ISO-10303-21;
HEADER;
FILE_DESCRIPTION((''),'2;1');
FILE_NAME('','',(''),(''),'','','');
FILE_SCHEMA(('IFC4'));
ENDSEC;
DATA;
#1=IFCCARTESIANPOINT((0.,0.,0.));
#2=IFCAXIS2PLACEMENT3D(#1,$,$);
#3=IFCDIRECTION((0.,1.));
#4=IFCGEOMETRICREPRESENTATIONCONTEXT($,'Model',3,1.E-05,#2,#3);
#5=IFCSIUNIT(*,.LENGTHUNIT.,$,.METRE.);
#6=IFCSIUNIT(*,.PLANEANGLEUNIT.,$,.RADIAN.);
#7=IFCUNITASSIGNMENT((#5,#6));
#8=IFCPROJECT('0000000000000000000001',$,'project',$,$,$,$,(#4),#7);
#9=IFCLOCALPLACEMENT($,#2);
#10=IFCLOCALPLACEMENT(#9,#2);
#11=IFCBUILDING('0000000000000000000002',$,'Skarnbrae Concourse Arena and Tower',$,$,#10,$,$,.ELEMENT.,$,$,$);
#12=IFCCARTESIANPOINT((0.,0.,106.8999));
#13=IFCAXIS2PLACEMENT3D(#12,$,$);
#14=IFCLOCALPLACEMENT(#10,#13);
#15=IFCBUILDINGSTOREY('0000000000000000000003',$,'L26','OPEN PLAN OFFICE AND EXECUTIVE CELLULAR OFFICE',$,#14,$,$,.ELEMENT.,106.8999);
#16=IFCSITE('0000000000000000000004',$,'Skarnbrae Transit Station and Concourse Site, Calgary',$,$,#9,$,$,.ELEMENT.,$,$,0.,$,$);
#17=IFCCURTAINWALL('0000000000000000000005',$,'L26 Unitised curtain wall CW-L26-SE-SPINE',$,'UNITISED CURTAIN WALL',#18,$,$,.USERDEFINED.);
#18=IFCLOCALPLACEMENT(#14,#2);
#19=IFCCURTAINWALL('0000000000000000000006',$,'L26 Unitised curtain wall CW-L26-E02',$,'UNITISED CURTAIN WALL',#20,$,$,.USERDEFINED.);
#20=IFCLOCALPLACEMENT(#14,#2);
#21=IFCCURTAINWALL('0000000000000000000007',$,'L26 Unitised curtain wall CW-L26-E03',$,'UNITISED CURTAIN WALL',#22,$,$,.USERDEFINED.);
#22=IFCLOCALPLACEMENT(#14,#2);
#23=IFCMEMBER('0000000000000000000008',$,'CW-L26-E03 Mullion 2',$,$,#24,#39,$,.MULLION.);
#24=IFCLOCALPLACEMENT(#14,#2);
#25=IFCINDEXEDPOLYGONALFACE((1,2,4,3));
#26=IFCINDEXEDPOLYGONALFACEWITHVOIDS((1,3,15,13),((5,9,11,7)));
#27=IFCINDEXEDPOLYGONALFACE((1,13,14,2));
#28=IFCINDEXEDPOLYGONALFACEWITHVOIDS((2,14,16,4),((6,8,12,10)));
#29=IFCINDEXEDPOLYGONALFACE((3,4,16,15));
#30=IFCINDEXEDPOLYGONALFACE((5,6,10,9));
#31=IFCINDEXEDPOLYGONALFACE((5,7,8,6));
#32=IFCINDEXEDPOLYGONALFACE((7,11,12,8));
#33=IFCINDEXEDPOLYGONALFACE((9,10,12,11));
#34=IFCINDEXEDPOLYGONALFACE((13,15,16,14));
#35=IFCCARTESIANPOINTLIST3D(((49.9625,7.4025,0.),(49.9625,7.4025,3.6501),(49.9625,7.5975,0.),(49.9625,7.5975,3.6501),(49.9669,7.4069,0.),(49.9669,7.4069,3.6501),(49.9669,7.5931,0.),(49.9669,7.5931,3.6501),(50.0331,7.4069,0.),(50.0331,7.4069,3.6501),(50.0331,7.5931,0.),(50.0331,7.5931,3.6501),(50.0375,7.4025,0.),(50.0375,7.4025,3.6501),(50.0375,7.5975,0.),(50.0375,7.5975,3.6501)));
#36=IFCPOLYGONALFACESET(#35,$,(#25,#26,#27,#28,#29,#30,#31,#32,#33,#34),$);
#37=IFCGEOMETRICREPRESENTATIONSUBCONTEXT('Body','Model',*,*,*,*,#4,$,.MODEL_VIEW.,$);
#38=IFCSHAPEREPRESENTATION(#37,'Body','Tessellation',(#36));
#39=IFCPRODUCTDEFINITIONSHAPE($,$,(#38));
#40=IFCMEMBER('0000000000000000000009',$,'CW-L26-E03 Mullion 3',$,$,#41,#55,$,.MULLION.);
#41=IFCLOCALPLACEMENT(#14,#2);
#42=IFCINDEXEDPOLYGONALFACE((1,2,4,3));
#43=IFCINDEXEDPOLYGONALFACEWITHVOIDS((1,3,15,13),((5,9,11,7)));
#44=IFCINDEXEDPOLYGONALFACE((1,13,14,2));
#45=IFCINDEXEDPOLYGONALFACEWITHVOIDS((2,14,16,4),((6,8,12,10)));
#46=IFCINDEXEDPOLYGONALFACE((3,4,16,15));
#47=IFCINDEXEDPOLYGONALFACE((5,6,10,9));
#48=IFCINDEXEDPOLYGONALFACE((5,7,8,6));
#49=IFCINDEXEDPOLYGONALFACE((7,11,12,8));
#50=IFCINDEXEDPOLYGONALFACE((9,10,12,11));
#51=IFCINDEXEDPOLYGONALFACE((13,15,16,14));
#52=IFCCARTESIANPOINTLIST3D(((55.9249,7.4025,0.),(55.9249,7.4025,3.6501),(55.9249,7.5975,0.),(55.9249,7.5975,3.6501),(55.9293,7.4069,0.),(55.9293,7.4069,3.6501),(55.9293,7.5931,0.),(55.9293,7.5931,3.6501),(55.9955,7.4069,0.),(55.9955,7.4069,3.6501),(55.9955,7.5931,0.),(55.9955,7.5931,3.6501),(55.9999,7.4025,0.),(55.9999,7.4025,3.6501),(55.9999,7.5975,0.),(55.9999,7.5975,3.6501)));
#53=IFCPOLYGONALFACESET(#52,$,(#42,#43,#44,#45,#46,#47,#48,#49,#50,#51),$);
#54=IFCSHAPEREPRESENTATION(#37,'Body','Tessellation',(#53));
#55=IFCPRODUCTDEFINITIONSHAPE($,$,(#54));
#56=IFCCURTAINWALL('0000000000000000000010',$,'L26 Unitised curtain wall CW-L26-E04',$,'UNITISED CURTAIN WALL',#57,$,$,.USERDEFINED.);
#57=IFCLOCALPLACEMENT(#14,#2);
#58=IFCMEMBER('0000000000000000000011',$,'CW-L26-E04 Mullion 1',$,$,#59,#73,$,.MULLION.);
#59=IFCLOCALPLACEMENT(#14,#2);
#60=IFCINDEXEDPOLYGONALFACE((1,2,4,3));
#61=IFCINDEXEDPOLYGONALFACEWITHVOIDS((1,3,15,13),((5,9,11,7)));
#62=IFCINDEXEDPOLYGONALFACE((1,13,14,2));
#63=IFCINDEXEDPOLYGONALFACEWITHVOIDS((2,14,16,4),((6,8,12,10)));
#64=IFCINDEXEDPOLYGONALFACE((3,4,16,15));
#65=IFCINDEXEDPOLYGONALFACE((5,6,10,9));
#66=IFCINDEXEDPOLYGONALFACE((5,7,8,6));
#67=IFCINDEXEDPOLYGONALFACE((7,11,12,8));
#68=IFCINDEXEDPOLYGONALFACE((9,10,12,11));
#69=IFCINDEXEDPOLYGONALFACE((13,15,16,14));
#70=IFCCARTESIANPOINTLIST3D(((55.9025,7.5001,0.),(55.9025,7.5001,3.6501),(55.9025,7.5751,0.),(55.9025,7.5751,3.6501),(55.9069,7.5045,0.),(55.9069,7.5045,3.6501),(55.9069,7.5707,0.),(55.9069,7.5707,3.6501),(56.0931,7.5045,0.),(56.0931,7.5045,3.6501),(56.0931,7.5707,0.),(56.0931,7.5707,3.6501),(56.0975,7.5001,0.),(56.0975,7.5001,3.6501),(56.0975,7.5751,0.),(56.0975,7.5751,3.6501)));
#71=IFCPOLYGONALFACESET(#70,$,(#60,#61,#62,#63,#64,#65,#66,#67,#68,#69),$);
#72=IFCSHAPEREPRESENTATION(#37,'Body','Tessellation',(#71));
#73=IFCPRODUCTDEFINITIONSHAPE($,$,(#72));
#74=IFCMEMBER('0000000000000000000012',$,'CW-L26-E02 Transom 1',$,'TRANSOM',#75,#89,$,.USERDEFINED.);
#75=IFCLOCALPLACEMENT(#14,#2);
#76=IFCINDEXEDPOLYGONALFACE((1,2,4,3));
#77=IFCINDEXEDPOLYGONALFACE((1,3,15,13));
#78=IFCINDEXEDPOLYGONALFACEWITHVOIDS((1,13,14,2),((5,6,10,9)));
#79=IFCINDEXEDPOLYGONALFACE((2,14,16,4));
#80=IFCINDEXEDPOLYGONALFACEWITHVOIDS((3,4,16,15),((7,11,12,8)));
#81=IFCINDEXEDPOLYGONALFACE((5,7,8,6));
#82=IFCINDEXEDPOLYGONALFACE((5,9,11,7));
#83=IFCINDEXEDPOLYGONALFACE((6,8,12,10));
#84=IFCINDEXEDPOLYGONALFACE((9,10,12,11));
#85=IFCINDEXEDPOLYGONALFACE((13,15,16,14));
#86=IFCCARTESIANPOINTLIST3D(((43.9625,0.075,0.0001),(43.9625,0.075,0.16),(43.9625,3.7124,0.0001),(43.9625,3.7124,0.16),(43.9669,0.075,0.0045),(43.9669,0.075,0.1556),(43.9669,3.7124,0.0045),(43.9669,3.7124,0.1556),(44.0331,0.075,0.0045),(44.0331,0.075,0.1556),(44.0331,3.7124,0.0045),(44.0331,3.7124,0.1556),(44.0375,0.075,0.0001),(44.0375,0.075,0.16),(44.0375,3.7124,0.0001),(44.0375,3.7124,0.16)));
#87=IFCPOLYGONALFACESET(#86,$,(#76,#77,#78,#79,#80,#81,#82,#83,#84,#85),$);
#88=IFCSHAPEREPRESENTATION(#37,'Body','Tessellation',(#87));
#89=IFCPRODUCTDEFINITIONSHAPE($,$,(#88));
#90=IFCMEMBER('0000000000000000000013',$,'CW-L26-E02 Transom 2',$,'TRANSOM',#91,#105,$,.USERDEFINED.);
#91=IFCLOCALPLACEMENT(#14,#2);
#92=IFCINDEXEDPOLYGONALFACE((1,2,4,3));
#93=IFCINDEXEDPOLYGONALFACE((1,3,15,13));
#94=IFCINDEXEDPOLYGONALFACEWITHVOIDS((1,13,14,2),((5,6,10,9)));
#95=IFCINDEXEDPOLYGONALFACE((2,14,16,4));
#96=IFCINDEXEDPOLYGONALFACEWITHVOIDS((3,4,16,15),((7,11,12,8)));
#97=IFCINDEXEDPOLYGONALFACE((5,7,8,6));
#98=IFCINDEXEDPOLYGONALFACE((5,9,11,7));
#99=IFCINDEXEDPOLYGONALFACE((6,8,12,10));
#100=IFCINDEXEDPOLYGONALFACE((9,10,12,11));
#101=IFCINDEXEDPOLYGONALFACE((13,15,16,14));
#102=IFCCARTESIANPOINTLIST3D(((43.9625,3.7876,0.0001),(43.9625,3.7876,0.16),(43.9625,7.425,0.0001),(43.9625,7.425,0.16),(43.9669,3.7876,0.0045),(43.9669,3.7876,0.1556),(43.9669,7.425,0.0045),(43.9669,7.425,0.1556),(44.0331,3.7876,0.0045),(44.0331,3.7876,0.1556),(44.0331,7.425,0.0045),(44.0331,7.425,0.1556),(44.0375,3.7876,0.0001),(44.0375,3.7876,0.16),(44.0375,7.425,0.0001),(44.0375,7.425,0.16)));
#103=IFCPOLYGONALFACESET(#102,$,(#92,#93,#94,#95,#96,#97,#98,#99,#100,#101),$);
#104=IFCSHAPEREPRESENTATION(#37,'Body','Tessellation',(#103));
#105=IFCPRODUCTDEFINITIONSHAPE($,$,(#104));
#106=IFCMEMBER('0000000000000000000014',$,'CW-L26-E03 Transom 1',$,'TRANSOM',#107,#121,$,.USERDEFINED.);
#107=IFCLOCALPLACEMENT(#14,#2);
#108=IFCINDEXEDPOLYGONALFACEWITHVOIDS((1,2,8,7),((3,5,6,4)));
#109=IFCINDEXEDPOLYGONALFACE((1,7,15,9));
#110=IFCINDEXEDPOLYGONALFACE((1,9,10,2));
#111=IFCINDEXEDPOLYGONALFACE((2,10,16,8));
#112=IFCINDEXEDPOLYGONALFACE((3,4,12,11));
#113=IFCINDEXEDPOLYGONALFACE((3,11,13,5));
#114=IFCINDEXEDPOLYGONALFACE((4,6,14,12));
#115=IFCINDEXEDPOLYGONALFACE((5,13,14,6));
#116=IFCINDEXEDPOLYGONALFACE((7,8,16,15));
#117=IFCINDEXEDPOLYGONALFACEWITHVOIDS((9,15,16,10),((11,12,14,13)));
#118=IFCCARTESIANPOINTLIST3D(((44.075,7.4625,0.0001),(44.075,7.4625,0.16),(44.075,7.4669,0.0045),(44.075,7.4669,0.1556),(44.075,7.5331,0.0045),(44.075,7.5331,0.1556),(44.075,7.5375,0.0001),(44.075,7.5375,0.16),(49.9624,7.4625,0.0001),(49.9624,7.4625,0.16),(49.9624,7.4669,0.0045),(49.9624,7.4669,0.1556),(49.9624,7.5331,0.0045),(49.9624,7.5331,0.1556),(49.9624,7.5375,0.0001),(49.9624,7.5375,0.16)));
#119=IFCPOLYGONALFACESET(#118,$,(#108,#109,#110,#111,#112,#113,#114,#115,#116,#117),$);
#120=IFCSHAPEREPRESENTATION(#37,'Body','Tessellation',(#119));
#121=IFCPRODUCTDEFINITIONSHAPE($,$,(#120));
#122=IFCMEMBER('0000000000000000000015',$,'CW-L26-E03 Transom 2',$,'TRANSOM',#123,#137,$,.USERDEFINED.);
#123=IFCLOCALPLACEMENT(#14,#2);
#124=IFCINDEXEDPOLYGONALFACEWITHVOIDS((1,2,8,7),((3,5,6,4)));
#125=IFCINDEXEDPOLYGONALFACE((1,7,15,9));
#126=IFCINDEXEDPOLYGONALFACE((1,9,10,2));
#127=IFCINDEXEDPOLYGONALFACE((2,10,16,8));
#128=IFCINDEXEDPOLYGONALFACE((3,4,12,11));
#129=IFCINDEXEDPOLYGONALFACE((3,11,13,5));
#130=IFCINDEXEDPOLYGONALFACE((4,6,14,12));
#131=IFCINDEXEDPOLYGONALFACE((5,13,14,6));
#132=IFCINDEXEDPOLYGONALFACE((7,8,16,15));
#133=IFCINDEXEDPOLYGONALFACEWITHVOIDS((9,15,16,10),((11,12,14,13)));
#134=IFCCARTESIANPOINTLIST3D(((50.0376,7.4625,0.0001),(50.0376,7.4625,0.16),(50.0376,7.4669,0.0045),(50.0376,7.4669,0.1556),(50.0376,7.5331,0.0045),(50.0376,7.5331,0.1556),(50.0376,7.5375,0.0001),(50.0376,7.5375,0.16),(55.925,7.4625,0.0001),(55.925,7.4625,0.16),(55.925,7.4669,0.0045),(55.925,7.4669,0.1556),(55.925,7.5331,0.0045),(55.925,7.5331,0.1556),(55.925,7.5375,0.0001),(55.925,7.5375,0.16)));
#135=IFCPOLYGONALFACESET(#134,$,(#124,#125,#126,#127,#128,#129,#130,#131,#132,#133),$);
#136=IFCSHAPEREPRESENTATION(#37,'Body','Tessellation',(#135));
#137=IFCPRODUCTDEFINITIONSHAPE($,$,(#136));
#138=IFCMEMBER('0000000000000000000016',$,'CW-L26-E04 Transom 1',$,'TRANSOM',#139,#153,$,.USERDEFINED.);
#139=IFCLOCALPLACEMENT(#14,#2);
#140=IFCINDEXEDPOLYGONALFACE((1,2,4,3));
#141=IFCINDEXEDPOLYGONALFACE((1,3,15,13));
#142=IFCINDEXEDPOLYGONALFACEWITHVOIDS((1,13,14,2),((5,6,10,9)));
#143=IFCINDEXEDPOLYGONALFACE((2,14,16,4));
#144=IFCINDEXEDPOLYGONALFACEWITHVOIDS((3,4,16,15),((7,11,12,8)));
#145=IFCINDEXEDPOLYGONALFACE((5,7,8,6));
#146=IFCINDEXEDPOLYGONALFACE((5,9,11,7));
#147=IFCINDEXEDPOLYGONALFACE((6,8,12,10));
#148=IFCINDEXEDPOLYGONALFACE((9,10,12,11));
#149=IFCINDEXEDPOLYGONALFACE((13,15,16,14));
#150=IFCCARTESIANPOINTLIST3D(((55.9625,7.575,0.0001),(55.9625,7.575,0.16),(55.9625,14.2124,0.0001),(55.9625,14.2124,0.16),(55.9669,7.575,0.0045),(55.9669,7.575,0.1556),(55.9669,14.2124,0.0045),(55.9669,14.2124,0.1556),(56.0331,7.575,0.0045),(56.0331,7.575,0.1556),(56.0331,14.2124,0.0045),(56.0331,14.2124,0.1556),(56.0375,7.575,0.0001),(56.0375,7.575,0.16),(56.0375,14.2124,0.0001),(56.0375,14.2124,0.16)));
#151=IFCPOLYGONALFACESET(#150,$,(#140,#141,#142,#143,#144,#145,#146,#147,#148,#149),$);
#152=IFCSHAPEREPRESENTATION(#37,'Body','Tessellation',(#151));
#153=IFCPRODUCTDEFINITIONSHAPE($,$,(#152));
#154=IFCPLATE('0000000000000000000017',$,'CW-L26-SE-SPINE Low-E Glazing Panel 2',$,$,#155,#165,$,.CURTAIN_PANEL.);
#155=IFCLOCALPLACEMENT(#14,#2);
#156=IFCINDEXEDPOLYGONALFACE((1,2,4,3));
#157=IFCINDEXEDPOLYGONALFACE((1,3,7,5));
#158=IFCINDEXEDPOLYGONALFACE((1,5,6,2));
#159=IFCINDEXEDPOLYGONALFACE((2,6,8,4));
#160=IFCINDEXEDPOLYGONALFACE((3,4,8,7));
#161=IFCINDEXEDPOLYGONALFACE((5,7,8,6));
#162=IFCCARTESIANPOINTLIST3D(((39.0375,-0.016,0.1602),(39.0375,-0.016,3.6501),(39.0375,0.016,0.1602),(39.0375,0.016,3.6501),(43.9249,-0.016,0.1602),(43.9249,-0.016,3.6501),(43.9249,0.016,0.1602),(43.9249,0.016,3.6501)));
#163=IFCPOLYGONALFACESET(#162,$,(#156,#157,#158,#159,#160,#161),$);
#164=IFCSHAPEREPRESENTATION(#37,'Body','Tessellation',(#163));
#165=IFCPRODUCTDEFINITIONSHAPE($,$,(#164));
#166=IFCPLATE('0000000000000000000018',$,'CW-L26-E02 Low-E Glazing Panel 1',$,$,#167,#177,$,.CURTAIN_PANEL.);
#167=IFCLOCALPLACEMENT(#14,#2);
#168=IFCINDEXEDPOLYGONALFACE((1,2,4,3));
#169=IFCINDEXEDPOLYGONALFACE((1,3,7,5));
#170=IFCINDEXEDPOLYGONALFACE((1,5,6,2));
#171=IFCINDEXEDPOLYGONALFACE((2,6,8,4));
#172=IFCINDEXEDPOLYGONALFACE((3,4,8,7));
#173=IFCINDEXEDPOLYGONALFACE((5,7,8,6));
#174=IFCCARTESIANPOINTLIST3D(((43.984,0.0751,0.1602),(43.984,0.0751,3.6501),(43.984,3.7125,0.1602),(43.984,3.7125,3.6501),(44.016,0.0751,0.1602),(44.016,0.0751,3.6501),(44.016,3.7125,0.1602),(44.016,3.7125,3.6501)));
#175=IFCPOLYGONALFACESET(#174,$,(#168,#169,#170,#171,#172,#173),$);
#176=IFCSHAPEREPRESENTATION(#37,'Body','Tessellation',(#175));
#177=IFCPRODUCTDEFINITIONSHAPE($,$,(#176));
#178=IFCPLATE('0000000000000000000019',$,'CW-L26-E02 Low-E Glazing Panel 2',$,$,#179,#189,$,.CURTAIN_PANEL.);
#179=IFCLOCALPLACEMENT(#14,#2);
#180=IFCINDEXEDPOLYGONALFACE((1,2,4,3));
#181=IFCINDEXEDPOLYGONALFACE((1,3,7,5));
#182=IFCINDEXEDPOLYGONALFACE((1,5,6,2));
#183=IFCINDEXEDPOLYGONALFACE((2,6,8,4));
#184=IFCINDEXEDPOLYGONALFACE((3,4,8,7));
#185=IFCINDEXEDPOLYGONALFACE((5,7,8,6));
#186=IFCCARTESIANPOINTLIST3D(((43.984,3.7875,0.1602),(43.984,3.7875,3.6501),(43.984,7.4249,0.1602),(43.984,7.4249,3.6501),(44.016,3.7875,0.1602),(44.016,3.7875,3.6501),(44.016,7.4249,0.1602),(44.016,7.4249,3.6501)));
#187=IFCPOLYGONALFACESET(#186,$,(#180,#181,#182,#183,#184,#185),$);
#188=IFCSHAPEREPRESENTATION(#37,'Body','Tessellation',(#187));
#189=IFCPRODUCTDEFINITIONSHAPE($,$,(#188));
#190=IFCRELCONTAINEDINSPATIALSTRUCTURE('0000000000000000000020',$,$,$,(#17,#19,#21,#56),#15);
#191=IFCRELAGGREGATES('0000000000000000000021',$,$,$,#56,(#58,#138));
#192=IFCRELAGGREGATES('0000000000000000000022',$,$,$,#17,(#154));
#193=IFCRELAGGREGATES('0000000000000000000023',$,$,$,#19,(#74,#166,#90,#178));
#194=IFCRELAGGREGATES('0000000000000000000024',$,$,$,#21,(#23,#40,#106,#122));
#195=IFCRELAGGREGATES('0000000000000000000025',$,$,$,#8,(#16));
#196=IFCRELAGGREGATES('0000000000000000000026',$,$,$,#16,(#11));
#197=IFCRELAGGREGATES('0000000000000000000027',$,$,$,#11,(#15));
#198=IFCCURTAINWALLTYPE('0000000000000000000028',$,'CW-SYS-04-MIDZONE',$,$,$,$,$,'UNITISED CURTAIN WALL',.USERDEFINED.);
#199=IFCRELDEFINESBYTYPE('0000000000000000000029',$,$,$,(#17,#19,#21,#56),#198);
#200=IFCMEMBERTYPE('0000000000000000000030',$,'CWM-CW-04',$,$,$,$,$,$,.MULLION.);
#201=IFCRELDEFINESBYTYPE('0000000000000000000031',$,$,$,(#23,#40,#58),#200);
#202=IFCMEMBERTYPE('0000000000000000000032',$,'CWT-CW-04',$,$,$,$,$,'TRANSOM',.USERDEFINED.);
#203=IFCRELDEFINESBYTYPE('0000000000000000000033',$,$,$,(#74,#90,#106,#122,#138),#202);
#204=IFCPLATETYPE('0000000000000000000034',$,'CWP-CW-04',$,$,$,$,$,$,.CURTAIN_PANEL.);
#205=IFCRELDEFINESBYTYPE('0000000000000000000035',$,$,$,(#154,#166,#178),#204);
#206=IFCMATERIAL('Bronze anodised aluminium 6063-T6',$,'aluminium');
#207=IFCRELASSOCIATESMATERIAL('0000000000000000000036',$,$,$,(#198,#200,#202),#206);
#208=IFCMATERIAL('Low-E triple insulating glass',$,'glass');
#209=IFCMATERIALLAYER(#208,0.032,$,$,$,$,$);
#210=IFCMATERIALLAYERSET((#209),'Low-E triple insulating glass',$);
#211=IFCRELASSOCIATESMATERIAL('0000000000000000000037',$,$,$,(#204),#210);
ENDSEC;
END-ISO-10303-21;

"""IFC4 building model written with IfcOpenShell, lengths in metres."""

from ifc_helpers import new_model, si_unit, direction, frame, origin, origin_2d, place, context, subcontext, project, spatial, rectangle, hollow_rectangle, extrude, source, transform, mapped, material, layer, layer_set, material_profile, profile_set, type_object, element, aggregate, save


model = new_model("IFC4")

# Units and contexts
model_context = context("Model", 3, precision=1e-05, world=origin(), true_north=direction((0.0, 1.0)))
body_context = subcontext(model_context, "Body", "Model", "MODEL_VIEW")
ifc_project = project(units=[si_unit("LENGTHUNIT", "METRE"), si_unit("PLANEANGLEUNIT", "RADIAN")], contexts=[model_context])

# Site, building, storey
site_placement = place(None, origin())
site = spatial("IfcSite", under=ifc_project, at=site_placement, Name="Skarnbrae Transit Station and Concourse Site, Calgary", CompositionType="ELEMENT", RefElevation=0.0)
building_placement = place(site_placement, origin())
building = spatial("IfcBuilding", under=site, at=building_placement, Name="Skarnbrae Concourse Arena and Tower", CompositionType="ELEMENT")
storey_placement = place(building_placement, frame((0.0, 0.0, 106.8999)))
storey = spatial("IfcBuildingStorey", under=building, at=storey_placement, Name="L26", Description="OPEN PLAN OFFICE AND EXECUTIVE CELLULAR OFFICE", CompositionType="ELEMENT", Elevation=106.8999)

# Curtain wall
ifc_material_1 = material(Name="Bronze anodised aluminium 6063-T6", Category="aluminium")
curtain_wall_type = type_object("IfcCurtainWallType", Name="CW-SYS-04-MIDZONE", ElementType="UNITISED CURTAIN WALL", PredefinedType="USERDEFINED", material=ifc_material_1)
curtain_wall_1_placement = place(storey_placement, origin())
curtain_wall_1 = element("IfcCurtainWall", 1, at=curtain_wall_1_placement, inside=storey, type_object=curtain_wall_type, Name="L26 Unitised curtain wall CW-L26-SE-SPINE", ObjectType="UNITISED CURTAIN WALL", PredefinedType="USERDEFINED")
ifc_material_profile_1 = material_profile(ifc_material_1, hollow_rectangle(XDim=0.075, YDim=0.1951, WallThickness=0.0044, at=origin_2d()), Name="ALU-MULL-75X195")
ifc_profile_set_1 = profile_set([ifc_material_profile_1], Name="Bronze anodised aluminium 6063-T6")
member_type_1 = type_object("IfcMemberType", Name="CWM-CW-04", PredefinedType="MULLION", material=ifc_profile_set_1)
shared_shape_1 = source(origin(), body_context, "Body", "SweptSolid", [
    extrude(hollow_rectangle(XDim=0.075, YDim=0.1951, WallThickness=0.0044, at=origin_2d()), origin(), (0.0, 0.0, 1.0), 3.6501),
])

# Curtain walls, members
curtain_wall_2_placement = place(storey_placement, origin())
curtain_wall_2 = element("IfcCurtainWall", 2, at=curtain_wall_2_placement, inside=storey, type_object=curtain_wall_type, Name="L26 Unitised curtain wall CW-L26-E02", ObjectType="UNITISED CURTAIN WALL", PredefinedType="USERDEFINED")
curtain_wall_3_placement = place(storey_placement, origin())
curtain_wall_3 = element("IfcCurtainWall", 3, at=curtain_wall_3_placement, inside=storey, type_object=curtain_wall_type, Name="L26 Unitised curtain wall CW-L26-E03", ObjectType="UNITISED CURTAIN WALL", PredefinedType="USERDEFINED")
member_1_placement = place(storey_placement, frame((50.0, 7.5, 0.0), z_axis=(0.0, 0.0, 1.0), x_axis=(1.0, 0.0, 0.0)))
member_1 = element("IfcMember", 4, at=member_1_placement, type_object=member_type_1, Name="CW-L26-E03 Mullion 2", PredefinedType="MULLION", context=body_context, shape_type="MappedRepresentation", body=[
    mapped(shared_shape_1, transform((0.0, 0.0, 0.0))),
])
member_2_placement = place(storey_placement, frame((55.9624, 7.5, 0.0), z_axis=(0.0, 0.0, 1.0), x_axis=(1.0, 0.0, 0.0)))
member_2 = element("IfcMember", 5, at=member_2_placement, type_object=member_type_1, Name="CW-L26-E03 Mullion 3", PredefinedType="MULLION", context=body_context, shape_type="MappedRepresentation", body=[
    mapped(shared_shape_1, transform((0.0, 0.0, 0.0))),
])

# Curtain wall, member
curtain_wall_4_placement = place(storey_placement, origin())
curtain_wall_4 = element("IfcCurtainWall", 6, at=curtain_wall_4_placement, inside=storey, type_object=curtain_wall_type, Name="L26 Unitised curtain wall CW-L26-E04", ObjectType="UNITISED CURTAIN WALL", PredefinedType="USERDEFINED")
member_3_placement = place(storey_placement, frame((56.0, 7.5376, 0.0), z_axis=(0.0, 0.0, 1.0), x_axis=(0.0, 1.0, 0.0)))
member_3 = element("IfcMember", 7, at=member_3_placement, type_object=member_type_1, Name="CW-L26-E04 Mullion 1", PredefinedType="MULLION", context=body_context, shape_type="MappedRepresentation", body=[
    mapped(shared_shape_1, transform((0.0, 0.0, 0.0))),
])

# Members
ifc_material_profile_2 = material_profile(ifc_material_1, hollow_rectangle(XDim=0.075, YDim=0.1599, WallThickness=0.0044, at=origin_2d()), Name="ALU-TRAN-75X160")
ifc_profile_set_2 = profile_set([ifc_material_profile_2], Name="Bronze anodised aluminium 6063-T6")
member_type_2 = type_object("IfcMemberType", Name="CWT-CW-04", ElementType="TRANSOM", PredefinedType="USERDEFINED", material=ifc_profile_set_2)
shared_shape_2 = source(origin(), body_context, "Body", "SweptSolid", [
    extrude(hollow_rectangle(XDim=0.075, YDim=0.1599, WallThickness=0.0044, at=origin_2d()), origin(), (0.0, 0.0, 1.0), 3.6375),
])
member_4_placement = place(storey_placement, frame((44.0, 0.075, 0.0801), z_axis=(0.0, 1.0, 0.0), x_axis=(-1.0, 0.0, 0.0)))
member_4 = element("IfcMember", 8, at=member_4_placement, type_object=member_type_2, Name="CW-L26-E02 Transom 1", ObjectType="TRANSOM", PredefinedType="USERDEFINED", context=body_context, shape_type="MappedRepresentation", body=[
    mapped(shared_shape_2, transform((0.0, 0.0, 0.0))),
])
member_5_placement = place(storey_placement, frame((44.0, 3.7876, 0.0801), z_axis=(0.0, 1.0, 0.0), x_axis=(-1.0, 0.0, 0.0)))
member_5 = element("IfcMember", 9, at=member_5_placement, type_object=member_type_2, Name="CW-L26-E02 Transom 2", ObjectType="TRANSOM", PredefinedType="USERDEFINED", context=body_context, shape_type="MappedRepresentation", body=[
    mapped(shared_shape_2, transform((0.0, 0.0, 0.0))),
])
shared_shape_3 = source(origin(), body_context, "Body", "SweptSolid", [
    extrude(hollow_rectangle(XDim=0.075, YDim=0.1599, WallThickness=0.0044, at=origin_2d()), origin(), (0.0, 0.0, 1.0), 5.8875),
])
member_6_placement = place(storey_placement, frame((44.075, 7.5, 0.0801), z_axis=(1.0, 0.0, 0.0), x_axis=(0.0, 1.0, 0.0)))
member_6 = element("IfcMember", 10, at=member_6_placement, type_object=member_type_2, Name="CW-L26-E03 Transom 1", ObjectType="TRANSOM", PredefinedType="USERDEFINED", context=body_context, shape_type="MappedRepresentation", body=[
    mapped(shared_shape_3, transform((0.0, 0.0, 0.0))),
])
member_7_placement = place(storey_placement, frame((50.0376, 7.5, 0.0801), z_axis=(1.0, 0.0, 0.0), x_axis=(0.0, 1.0, 0.0)))
member_7 = element("IfcMember", 11, at=member_7_placement, type_object=member_type_2, Name="CW-L26-E03 Transom 2", ObjectType="TRANSOM", PredefinedType="USERDEFINED", context=body_context, shape_type="MappedRepresentation", body=[
    mapped(shared_shape_3, transform((0.0, 0.0, 0.0))),
])
shared_shape_4 = source(origin(), body_context, "Body", "SweptSolid", [
    extrude(hollow_rectangle(XDim=0.075, YDim=0.1599, WallThickness=0.0044, at=origin_2d()), origin(), (0.0, 0.0, 1.0), 6.6375),
])
member_8_placement = place(storey_placement, frame((56.0, 7.575, 0.0801), z_axis=(0.0, 1.0, 0.0), x_axis=(-1.0, 0.0, 0.0)))
member_8 = element("IfcMember", 12, at=member_8_placement, type_object=member_type_2, Name="CW-L26-E04 Transom 1", ObjectType="TRANSOM", PredefinedType="USERDEFINED", context=body_context, shape_type="MappedRepresentation", body=[
    mapped(shared_shape_4, transform((0.0, 0.0, 0.0))),
])
aggregate(curtain_wall_4, [member_3, member_8])

# Plates
ifc_material_2 = material(Name="Low-E triple insulating glass", Category="glass")
ifc_layer = layer(ifc_material_2, 0.032)
ifc_layer_set = layer_set([ifc_layer], Name="Low-E triple insulating glass")
plate_type = type_object("IfcPlateType", Name="CWP-CW-04", PredefinedType="CURTAIN_PANEL", material=ifc_layer_set)
shared_shape_5 = source(origin(), body_context, "Body", "SweptSolid", [
    extrude(rectangle(XDim=4.8875, YDim=0.032, at=origin_2d()), origin(), (0.0, 0.0, 1.0), 3.49),
])
plate_1_placement = place(storey_placement, frame((41.4812, 0.0, 0.1602), z_axis=(0.0, 0.0, 1.0), x_axis=(1.0, 0.0, 0.0)))
plate_1 = element("IfcPlate", 13, at=plate_1_placement, type_object=plate_type, Name="CW-L26-SE-SPINE Low-E Glazing Panel 2", PredefinedType="CURTAIN_PANEL", context=body_context, shape_type="MappedRepresentation", body=[
    mapped(shared_shape_5, transform((0.0, 0.0, 0.0))),
])
aggregate(curtain_wall_1, [plate_1])
shared_shape_6 = source(origin(), body_context, "Body", "SweptSolid", [
    extrude(rectangle(XDim=3.6375, YDim=0.032, at=origin_2d()), origin(), (0.0, 0.0, 1.0), 3.49),
])
plate_2_placement = place(storey_placement, frame((44.0, 1.8938, 0.1602), z_axis=(0.0, 0.0, 1.0), x_axis=(0.0, 1.0, 0.0)))
plate_2 = element("IfcPlate", 14, at=plate_2_placement, type_object=plate_type, Name="CW-L26-E02 Low-E Glazing Panel 1", PredefinedType="CURTAIN_PANEL", context=body_context, shape_type="MappedRepresentation", body=[
    mapped(shared_shape_6, transform((0.0, 0.0, 0.0))),
])
plate_3_placement = place(storey_placement, frame((44.0, 5.6062, 0.1602), z_axis=(0.0, 0.0, 1.0), x_axis=(0.0, 1.0, 0.0)))
plate_3 = element("IfcPlate", 15, at=plate_3_placement, type_object=plate_type, Name="CW-L26-E02 Low-E Glazing Panel 2", PredefinedType="CURTAIN_PANEL", context=body_context, shape_type="MappedRepresentation", body=[
    mapped(shared_shape_6, transform((0.0, 0.0, 0.0))),
])
aggregate(curtain_wall_2, [member_4, plate_2, member_5, plate_3])
aggregate(curtain_wall_3, [member_1, member_2, member_6, member_7])

save(model, "model.ifc")
